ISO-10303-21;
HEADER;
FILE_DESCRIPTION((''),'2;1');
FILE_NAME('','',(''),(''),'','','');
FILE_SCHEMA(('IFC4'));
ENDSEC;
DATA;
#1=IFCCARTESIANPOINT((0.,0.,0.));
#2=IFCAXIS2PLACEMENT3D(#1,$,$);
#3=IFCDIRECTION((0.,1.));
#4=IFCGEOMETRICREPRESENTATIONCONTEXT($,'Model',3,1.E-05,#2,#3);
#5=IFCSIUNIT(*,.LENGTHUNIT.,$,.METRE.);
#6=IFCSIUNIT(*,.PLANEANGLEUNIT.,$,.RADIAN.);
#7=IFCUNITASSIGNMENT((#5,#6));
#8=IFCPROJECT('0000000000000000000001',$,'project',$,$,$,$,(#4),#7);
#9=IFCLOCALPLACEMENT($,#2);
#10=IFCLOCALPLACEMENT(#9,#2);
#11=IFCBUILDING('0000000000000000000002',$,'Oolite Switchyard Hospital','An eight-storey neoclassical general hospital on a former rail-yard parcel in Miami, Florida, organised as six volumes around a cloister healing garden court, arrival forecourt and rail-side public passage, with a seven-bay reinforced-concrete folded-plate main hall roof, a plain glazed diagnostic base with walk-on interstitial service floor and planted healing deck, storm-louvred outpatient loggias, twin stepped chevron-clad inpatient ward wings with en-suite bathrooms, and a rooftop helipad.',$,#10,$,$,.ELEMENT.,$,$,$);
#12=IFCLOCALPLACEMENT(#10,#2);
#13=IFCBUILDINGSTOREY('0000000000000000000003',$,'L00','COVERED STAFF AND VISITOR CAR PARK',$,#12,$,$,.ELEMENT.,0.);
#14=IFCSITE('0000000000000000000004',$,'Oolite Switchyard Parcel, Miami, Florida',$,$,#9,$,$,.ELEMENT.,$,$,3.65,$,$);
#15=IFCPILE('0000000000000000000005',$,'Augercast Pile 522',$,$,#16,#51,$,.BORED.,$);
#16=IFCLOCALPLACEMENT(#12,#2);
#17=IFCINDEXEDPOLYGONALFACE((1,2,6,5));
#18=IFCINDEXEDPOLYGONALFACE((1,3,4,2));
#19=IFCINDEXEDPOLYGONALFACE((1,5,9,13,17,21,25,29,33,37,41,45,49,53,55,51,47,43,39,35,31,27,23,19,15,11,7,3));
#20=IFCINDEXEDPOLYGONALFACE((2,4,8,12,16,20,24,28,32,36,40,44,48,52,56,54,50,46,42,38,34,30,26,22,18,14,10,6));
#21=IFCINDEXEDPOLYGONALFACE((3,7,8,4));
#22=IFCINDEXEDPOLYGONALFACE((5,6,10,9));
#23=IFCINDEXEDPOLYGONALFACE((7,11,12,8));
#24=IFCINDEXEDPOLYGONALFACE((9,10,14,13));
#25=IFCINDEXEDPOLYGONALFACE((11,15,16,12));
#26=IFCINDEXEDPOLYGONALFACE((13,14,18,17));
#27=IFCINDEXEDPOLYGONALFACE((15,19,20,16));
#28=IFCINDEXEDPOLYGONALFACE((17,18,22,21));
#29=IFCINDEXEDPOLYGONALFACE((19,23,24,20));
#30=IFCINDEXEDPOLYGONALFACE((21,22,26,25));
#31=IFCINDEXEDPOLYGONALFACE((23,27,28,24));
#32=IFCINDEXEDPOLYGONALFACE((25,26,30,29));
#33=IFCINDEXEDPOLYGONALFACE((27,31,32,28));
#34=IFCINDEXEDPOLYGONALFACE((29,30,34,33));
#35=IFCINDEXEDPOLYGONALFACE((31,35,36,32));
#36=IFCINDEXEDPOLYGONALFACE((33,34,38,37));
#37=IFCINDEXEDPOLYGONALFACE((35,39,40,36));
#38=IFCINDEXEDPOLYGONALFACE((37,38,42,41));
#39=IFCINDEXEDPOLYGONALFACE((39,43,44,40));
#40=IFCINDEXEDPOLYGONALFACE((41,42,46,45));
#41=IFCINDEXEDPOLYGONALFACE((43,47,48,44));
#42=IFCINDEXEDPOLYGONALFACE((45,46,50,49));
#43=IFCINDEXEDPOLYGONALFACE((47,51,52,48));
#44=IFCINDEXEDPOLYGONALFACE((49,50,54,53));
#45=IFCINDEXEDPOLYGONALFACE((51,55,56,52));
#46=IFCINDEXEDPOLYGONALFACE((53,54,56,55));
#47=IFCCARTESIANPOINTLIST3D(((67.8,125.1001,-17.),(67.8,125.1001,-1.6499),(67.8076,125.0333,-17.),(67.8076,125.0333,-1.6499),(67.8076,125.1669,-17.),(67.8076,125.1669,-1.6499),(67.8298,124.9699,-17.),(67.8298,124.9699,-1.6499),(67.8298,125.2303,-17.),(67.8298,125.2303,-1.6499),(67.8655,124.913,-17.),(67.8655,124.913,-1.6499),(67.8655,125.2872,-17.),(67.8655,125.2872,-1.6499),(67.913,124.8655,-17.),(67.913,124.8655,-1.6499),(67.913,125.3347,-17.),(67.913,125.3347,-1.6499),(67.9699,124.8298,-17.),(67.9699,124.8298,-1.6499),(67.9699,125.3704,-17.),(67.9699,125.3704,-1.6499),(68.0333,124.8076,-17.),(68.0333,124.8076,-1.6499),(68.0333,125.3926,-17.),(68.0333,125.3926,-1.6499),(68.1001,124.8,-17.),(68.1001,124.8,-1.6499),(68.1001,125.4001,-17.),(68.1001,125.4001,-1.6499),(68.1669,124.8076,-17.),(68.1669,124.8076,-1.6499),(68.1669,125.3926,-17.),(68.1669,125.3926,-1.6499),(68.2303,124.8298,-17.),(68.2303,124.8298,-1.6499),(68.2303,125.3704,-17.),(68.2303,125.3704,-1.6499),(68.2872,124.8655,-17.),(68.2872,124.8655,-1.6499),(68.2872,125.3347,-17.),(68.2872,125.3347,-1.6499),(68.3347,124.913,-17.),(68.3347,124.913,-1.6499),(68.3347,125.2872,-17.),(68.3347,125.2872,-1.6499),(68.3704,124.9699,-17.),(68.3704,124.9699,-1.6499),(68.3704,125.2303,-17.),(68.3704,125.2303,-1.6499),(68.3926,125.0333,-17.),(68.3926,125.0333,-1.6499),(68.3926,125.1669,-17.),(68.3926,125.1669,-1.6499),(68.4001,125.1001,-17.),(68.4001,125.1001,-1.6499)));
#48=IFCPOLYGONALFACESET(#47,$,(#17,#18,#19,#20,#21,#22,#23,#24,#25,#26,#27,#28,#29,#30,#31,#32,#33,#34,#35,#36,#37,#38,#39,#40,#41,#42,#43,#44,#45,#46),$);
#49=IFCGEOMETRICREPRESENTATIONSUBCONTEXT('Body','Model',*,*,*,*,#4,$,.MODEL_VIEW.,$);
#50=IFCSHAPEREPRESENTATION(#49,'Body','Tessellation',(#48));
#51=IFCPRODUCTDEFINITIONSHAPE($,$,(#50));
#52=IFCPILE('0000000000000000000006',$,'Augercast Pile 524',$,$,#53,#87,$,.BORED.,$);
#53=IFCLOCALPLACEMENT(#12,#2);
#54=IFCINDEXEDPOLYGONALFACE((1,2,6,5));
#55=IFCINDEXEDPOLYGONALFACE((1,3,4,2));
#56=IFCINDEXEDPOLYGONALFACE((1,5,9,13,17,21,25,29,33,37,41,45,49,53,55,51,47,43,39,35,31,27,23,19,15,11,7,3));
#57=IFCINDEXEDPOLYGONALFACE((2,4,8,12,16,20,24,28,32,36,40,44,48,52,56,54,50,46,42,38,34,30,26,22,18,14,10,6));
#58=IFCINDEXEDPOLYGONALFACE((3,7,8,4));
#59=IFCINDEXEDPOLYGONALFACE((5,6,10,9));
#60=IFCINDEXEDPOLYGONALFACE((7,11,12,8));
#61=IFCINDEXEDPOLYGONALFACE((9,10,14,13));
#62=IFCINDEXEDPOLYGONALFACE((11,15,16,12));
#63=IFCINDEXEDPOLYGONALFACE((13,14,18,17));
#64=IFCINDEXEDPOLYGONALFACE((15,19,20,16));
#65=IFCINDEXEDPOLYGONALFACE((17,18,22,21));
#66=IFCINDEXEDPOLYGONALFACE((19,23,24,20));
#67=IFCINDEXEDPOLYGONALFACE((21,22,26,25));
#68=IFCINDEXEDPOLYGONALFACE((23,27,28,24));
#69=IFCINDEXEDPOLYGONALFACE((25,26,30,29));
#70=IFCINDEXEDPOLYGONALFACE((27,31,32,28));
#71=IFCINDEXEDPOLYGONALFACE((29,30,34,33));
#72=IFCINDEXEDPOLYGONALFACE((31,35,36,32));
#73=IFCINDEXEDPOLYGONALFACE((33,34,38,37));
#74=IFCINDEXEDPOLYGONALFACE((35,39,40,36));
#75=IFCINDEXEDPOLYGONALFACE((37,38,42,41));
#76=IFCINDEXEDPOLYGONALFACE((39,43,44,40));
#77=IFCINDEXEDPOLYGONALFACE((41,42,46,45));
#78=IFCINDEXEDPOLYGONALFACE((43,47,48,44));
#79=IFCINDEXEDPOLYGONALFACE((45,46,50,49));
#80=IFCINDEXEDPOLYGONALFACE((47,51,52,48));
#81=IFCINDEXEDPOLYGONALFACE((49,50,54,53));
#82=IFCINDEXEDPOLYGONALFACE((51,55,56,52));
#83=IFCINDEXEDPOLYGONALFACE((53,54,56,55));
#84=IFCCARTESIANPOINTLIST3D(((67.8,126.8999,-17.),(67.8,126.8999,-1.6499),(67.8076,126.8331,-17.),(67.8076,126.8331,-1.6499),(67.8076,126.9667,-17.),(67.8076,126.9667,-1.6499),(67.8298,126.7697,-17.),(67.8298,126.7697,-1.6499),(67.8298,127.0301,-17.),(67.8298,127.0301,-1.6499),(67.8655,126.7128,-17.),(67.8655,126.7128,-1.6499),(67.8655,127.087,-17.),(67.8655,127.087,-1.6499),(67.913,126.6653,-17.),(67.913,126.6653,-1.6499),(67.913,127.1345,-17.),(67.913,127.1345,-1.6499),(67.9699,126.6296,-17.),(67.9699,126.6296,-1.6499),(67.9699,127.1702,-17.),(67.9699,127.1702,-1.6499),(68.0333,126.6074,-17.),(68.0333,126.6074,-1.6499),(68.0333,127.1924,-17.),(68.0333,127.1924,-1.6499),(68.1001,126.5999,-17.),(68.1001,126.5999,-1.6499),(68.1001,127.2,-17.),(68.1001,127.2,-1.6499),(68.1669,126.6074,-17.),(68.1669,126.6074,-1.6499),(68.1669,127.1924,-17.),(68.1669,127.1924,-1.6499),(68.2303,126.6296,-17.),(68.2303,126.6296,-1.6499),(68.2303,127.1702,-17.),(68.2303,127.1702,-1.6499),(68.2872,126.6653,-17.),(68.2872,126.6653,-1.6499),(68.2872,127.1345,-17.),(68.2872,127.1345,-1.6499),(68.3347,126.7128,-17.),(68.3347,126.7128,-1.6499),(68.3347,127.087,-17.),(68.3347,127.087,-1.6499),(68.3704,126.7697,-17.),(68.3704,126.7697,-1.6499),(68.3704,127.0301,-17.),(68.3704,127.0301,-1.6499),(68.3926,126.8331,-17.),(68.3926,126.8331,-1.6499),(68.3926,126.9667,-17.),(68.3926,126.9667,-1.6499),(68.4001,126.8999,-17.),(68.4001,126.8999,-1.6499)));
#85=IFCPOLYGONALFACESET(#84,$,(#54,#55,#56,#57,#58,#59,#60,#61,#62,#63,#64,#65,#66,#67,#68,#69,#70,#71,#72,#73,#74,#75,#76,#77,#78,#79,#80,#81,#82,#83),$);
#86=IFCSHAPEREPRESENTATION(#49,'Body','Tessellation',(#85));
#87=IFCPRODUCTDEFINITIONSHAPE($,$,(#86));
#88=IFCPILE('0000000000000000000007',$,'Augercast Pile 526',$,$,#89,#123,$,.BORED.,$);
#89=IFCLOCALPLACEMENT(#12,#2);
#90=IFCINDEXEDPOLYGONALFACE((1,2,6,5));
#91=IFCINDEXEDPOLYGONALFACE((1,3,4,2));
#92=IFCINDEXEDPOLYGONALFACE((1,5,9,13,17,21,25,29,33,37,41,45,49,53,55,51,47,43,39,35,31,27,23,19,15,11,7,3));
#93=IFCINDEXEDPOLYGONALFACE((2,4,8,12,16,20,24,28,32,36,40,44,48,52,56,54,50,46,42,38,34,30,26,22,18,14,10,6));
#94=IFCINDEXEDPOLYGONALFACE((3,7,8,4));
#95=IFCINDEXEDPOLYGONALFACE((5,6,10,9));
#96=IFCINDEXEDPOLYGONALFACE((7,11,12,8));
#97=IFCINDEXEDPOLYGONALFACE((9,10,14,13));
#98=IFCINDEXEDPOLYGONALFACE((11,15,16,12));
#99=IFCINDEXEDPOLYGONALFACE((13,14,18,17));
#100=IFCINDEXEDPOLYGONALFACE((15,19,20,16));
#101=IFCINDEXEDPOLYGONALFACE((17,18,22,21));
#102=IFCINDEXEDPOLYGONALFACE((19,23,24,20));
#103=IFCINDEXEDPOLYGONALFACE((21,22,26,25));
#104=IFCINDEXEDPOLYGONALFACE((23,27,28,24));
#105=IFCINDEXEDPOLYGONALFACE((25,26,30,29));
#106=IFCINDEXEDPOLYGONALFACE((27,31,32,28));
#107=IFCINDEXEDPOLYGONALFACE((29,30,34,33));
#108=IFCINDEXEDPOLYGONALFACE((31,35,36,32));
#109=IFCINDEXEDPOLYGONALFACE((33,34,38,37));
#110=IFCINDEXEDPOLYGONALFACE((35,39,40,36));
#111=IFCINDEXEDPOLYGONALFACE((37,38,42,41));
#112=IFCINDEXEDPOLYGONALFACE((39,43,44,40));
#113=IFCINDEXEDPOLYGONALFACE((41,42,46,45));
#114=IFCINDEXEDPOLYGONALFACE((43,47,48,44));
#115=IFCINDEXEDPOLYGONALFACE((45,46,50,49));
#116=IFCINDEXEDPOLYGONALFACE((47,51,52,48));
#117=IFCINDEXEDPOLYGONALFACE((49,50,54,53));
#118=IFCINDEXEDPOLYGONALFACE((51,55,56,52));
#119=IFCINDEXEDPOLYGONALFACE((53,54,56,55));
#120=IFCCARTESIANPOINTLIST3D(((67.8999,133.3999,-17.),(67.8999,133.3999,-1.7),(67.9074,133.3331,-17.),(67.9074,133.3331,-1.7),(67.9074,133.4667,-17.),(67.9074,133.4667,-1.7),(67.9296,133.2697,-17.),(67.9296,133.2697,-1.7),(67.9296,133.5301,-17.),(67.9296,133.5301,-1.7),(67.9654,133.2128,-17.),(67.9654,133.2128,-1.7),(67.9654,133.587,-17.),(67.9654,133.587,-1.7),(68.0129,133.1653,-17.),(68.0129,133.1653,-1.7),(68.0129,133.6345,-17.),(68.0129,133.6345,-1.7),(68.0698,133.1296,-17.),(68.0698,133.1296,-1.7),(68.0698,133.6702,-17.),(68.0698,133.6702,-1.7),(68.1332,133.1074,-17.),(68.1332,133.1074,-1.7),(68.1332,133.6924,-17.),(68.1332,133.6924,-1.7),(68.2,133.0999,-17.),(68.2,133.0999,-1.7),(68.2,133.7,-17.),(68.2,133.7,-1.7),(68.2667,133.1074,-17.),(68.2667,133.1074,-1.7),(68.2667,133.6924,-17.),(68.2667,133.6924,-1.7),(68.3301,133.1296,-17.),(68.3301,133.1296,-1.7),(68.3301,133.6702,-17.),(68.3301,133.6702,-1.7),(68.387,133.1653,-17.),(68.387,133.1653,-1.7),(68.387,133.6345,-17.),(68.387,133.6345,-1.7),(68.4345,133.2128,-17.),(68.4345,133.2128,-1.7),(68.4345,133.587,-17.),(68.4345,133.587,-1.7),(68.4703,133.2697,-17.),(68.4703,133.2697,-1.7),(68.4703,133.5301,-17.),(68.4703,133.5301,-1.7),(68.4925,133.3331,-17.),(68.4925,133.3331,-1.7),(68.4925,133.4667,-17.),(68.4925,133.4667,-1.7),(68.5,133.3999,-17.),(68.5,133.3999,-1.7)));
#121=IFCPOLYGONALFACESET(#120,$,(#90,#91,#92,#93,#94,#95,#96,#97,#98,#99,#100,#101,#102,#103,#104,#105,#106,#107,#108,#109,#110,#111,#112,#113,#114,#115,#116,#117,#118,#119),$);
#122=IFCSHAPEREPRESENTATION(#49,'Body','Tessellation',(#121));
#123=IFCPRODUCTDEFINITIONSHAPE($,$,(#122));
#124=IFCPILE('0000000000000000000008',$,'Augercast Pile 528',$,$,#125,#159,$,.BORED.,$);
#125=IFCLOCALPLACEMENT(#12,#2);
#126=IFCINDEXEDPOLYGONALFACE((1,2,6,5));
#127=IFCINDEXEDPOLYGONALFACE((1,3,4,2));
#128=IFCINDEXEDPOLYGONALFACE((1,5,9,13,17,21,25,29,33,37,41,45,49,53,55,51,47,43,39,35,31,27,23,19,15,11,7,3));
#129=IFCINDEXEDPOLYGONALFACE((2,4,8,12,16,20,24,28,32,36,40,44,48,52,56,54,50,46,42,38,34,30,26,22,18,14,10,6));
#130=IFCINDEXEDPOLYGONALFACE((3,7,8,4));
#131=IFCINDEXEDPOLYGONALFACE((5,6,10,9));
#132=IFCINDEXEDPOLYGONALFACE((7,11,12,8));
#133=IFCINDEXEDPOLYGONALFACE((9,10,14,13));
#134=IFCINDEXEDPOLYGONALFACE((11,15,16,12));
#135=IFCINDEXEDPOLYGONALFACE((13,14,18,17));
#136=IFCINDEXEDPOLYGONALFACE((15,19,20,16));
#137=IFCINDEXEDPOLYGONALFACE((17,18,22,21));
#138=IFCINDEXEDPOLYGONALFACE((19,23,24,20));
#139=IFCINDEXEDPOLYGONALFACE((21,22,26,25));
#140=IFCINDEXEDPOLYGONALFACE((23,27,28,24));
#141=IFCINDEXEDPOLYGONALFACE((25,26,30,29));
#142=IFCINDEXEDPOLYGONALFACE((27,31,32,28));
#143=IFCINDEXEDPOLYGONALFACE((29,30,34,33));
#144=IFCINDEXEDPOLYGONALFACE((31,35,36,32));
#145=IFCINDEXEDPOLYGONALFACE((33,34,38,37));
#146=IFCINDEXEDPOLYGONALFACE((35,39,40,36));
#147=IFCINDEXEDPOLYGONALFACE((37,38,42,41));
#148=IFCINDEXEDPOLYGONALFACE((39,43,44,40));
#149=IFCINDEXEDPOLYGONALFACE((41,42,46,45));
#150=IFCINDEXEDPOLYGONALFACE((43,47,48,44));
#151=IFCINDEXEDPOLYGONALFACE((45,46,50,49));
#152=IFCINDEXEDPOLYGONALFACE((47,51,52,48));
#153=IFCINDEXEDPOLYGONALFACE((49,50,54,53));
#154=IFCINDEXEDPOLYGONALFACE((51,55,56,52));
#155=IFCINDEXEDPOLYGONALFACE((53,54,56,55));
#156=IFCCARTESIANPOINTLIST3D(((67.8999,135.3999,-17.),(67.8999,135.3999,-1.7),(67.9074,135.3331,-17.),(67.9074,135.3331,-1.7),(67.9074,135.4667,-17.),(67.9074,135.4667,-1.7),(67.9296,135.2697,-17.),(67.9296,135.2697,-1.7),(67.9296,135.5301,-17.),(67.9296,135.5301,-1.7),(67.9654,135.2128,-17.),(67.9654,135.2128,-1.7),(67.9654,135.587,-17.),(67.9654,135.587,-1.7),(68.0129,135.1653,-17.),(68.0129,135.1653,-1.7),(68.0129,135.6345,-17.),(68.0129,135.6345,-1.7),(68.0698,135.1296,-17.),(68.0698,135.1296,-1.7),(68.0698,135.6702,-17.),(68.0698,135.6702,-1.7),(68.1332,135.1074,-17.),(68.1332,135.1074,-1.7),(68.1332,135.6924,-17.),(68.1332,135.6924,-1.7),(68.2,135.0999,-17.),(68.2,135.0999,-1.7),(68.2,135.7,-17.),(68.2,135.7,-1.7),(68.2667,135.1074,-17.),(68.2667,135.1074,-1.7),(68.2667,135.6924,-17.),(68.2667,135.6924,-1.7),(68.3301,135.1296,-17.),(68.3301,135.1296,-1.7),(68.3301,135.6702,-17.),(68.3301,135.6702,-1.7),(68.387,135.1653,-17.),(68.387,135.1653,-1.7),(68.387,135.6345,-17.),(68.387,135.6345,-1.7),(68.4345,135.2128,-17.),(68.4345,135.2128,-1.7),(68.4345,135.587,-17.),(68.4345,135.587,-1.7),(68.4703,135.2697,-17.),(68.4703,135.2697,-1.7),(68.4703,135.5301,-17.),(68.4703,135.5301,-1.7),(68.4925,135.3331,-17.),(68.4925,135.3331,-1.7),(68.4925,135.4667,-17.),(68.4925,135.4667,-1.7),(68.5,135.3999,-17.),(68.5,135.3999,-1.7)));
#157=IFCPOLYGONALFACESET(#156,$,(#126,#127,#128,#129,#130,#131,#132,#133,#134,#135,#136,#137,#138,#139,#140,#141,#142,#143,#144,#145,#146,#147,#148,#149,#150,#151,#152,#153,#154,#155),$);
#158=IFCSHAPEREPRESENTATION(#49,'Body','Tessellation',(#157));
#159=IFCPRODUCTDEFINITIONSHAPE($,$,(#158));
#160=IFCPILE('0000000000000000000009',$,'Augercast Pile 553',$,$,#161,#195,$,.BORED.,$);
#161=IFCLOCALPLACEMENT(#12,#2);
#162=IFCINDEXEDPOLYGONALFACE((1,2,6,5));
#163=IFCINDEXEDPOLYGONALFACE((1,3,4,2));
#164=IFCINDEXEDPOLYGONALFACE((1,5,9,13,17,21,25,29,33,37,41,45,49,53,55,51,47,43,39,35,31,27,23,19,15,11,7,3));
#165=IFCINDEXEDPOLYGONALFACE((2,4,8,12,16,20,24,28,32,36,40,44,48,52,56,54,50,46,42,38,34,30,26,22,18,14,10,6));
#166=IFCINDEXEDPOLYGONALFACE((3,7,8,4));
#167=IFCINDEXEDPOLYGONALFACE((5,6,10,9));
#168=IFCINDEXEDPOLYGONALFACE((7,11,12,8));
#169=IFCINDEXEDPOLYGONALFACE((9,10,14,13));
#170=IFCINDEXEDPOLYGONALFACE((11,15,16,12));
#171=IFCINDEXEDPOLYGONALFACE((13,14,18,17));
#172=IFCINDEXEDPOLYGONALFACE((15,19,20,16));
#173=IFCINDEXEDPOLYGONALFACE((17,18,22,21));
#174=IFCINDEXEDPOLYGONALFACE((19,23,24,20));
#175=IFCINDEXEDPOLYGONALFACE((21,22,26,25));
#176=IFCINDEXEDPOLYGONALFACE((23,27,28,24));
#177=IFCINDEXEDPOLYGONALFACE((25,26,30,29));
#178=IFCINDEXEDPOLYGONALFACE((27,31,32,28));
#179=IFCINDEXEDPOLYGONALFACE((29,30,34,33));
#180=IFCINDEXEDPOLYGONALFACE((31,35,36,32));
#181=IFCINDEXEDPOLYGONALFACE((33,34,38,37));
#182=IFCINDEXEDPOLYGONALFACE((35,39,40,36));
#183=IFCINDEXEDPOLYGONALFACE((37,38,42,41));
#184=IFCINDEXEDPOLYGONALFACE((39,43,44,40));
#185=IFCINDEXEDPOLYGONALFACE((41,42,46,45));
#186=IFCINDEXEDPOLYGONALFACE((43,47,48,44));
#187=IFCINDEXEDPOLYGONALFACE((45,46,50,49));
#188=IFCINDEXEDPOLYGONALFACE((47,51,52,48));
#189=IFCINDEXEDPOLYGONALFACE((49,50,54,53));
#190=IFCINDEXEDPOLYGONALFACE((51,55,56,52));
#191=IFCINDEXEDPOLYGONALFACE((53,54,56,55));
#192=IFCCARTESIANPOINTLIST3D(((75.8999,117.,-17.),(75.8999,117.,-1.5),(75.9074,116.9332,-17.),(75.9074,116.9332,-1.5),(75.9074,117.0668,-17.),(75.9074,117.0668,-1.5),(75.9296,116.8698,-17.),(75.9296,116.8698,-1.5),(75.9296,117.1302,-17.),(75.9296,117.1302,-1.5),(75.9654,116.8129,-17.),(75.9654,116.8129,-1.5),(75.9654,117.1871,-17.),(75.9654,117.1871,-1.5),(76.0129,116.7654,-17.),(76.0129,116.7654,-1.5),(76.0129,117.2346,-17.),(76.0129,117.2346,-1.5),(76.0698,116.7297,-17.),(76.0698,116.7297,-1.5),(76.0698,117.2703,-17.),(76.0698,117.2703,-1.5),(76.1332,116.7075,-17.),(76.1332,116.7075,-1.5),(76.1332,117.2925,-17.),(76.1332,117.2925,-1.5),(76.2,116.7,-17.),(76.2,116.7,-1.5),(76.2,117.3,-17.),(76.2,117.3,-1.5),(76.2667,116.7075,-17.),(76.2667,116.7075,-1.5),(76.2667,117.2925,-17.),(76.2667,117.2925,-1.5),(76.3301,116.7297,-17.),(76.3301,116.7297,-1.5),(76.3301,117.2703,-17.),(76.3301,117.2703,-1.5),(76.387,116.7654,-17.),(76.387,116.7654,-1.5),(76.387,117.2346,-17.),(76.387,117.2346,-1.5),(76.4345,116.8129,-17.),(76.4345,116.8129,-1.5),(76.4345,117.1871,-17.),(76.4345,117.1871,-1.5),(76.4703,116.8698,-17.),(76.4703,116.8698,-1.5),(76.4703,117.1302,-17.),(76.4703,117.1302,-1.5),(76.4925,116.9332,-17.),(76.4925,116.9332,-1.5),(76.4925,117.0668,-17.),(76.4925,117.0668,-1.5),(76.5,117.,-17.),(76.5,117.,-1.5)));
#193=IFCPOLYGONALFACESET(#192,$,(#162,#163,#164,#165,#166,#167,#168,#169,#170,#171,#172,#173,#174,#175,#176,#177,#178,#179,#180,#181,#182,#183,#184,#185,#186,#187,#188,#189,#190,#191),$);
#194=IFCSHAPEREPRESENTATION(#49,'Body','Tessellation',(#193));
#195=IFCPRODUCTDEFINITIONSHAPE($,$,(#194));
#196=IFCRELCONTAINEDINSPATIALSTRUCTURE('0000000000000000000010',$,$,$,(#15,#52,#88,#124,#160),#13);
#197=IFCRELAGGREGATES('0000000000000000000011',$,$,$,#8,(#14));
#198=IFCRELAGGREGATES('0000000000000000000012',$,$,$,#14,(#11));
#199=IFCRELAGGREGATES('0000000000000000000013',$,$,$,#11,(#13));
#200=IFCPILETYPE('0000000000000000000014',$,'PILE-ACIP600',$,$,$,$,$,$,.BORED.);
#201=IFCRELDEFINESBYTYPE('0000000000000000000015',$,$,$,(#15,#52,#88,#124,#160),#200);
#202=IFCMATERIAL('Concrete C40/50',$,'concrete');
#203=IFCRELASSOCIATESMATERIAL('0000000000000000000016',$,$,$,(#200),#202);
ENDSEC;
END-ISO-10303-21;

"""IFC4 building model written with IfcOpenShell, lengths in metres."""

from ifc_helpers import new_model, si_unit, direction, frame, origin, origin_2d, place, context, subcontext, project, spatial, circle, extrude, material, material_profile, profile_set, type_object, element, save


model = new_model("IFC4")

# Units and contexts
model_context = context("Model", 3, precision=1e-05, world=origin(), true_north=direction((0.0, 1.0)))
body_context = subcontext(model_context, "Body", "Model", "MODEL_VIEW")
ifc_project = project(units=[si_unit("LENGTHUNIT", "METRE"), si_unit("PLANEANGLEUNIT", "RADIAN")], contexts=[model_context])

# Site, building, storey
site_placement = place(None, origin())
site = spatial("IfcSite", under=ifc_project, at=site_placement, Name="Oolite Switchyard Parcel, Miami, Florida", CompositionType="ELEMENT", RefElevation=3.65)
building_placement = place(site_placement, origin())
building = spatial("IfcBuilding", under=site, at=building_placement, Name="Oolite Switchyard Hospital", Description="An eight-storey neoclassical general hospital on a former rail-yard parcel in Miami, Florida, organised as six volumes around a cloister healing garden court, arrival forecourt and rail-side public passage, with a seven-bay reinforced-concrete folded-plate main hall roof, a plain glazed diagnostic base with walk-on interstitial service floor and planted healing deck, storm-louvred outpatient loggias, twin stepped chevron-clad inpatient ward wings with en-suite bathrooms, and a rooftop helipad.", CompositionType="ELEMENT")
storey_placement = place(building_placement, origin())
storey = spatial("IfcBuildingStorey", under=building, at=storey_placement, Name="L00", Description="COVERED STAFF AND VISITOR CAR PARK", CompositionType="ELEMENT", Elevation=0.0)

# Shared definitions
ifc_material_1 = material(Name="Concrete C40/50", Category="concrete")

# Piles
ifc_material_profile_1 = material_profile(ifc_material_1, circle(Radius=0.3, at=origin_2d()), Name="PILE600")
ifc_profile_set_1 = profile_set([ifc_material_profile_1], Name="Concrete C40/50")
pile_type = type_object("IfcPileType", Name="PILE-ACIP600", PredefinedType="BORED", material=ifc_profile_set_1)
for number, where, z_axis, x_axis, name in (
    (1, (68.1001, 125.1001, -1.6499), (0.0, 0.0, -1.0), (1.0, 0.0, 0.0), "Augercast Pile 522"),
    (2, (68.1001, 126.8999, -1.6499), (0.0, 0.0, -1.0), (1.0, 0.0, 0.0), "Augercast Pile 524"),
):
    element("IfcPile", number, at=place(storey_placement, frame(where, z_axis=z_axis, x_axis=x_axis)), inside=storey, type_object=pile_type, Name=name, PredefinedType="BORED", context=body_context, shape_type="SweptSolid", body=[
        extrude(circle(Radius=0.3, at=origin_2d()), origin(), (0.0, 0.0, 1.0), 15.3501),
    ])
for number, where, z_axis, x_axis, name in (
    (3, (68.2, 133.3999, -1.7), (0.0, 0.0, -1.0), (1.0, 0.0, 0.0), "Augercast Pile 526"),
    (4, (68.2, 135.3999, -1.7), (0.0, 0.0, -1.0), (1.0, 0.0, 0.0), "Augercast Pile 528"),
):
    element("IfcPile", number, at=place(storey_placement, frame(where, z_axis=z_axis, x_axis=x_axis)), inside=storey, type_object=pile_type, Name=name, PredefinedType="BORED", context=body_context, shape_type="SweptSolid", body=[
        extrude(circle(Radius=0.3, at=origin_2d()), origin(), (0.0, 0.0, 1.0), 15.3),
    ])
for number, where, z_axis, x_axis, name in (
    (5, (76.2, 117.0, -1.5), (0.0, 0.0, -1.0), (1.0, 0.0, 0.0), "Augercast Pile 553"),
):
    element("IfcPile", number, at=place(storey_placement, frame(where, z_axis=z_axis, x_axis=x_axis)), inside=storey, type_object=pile_type, Name=name, PredefinedType="BORED", context=body_context, shape_type="SweptSolid", body=[
        extrude(circle(Radius=0.3, at=origin_2d()), origin(), (0.0, 0.0, 1.0), 15.5),
    ])

save(model, "model.ifc")
